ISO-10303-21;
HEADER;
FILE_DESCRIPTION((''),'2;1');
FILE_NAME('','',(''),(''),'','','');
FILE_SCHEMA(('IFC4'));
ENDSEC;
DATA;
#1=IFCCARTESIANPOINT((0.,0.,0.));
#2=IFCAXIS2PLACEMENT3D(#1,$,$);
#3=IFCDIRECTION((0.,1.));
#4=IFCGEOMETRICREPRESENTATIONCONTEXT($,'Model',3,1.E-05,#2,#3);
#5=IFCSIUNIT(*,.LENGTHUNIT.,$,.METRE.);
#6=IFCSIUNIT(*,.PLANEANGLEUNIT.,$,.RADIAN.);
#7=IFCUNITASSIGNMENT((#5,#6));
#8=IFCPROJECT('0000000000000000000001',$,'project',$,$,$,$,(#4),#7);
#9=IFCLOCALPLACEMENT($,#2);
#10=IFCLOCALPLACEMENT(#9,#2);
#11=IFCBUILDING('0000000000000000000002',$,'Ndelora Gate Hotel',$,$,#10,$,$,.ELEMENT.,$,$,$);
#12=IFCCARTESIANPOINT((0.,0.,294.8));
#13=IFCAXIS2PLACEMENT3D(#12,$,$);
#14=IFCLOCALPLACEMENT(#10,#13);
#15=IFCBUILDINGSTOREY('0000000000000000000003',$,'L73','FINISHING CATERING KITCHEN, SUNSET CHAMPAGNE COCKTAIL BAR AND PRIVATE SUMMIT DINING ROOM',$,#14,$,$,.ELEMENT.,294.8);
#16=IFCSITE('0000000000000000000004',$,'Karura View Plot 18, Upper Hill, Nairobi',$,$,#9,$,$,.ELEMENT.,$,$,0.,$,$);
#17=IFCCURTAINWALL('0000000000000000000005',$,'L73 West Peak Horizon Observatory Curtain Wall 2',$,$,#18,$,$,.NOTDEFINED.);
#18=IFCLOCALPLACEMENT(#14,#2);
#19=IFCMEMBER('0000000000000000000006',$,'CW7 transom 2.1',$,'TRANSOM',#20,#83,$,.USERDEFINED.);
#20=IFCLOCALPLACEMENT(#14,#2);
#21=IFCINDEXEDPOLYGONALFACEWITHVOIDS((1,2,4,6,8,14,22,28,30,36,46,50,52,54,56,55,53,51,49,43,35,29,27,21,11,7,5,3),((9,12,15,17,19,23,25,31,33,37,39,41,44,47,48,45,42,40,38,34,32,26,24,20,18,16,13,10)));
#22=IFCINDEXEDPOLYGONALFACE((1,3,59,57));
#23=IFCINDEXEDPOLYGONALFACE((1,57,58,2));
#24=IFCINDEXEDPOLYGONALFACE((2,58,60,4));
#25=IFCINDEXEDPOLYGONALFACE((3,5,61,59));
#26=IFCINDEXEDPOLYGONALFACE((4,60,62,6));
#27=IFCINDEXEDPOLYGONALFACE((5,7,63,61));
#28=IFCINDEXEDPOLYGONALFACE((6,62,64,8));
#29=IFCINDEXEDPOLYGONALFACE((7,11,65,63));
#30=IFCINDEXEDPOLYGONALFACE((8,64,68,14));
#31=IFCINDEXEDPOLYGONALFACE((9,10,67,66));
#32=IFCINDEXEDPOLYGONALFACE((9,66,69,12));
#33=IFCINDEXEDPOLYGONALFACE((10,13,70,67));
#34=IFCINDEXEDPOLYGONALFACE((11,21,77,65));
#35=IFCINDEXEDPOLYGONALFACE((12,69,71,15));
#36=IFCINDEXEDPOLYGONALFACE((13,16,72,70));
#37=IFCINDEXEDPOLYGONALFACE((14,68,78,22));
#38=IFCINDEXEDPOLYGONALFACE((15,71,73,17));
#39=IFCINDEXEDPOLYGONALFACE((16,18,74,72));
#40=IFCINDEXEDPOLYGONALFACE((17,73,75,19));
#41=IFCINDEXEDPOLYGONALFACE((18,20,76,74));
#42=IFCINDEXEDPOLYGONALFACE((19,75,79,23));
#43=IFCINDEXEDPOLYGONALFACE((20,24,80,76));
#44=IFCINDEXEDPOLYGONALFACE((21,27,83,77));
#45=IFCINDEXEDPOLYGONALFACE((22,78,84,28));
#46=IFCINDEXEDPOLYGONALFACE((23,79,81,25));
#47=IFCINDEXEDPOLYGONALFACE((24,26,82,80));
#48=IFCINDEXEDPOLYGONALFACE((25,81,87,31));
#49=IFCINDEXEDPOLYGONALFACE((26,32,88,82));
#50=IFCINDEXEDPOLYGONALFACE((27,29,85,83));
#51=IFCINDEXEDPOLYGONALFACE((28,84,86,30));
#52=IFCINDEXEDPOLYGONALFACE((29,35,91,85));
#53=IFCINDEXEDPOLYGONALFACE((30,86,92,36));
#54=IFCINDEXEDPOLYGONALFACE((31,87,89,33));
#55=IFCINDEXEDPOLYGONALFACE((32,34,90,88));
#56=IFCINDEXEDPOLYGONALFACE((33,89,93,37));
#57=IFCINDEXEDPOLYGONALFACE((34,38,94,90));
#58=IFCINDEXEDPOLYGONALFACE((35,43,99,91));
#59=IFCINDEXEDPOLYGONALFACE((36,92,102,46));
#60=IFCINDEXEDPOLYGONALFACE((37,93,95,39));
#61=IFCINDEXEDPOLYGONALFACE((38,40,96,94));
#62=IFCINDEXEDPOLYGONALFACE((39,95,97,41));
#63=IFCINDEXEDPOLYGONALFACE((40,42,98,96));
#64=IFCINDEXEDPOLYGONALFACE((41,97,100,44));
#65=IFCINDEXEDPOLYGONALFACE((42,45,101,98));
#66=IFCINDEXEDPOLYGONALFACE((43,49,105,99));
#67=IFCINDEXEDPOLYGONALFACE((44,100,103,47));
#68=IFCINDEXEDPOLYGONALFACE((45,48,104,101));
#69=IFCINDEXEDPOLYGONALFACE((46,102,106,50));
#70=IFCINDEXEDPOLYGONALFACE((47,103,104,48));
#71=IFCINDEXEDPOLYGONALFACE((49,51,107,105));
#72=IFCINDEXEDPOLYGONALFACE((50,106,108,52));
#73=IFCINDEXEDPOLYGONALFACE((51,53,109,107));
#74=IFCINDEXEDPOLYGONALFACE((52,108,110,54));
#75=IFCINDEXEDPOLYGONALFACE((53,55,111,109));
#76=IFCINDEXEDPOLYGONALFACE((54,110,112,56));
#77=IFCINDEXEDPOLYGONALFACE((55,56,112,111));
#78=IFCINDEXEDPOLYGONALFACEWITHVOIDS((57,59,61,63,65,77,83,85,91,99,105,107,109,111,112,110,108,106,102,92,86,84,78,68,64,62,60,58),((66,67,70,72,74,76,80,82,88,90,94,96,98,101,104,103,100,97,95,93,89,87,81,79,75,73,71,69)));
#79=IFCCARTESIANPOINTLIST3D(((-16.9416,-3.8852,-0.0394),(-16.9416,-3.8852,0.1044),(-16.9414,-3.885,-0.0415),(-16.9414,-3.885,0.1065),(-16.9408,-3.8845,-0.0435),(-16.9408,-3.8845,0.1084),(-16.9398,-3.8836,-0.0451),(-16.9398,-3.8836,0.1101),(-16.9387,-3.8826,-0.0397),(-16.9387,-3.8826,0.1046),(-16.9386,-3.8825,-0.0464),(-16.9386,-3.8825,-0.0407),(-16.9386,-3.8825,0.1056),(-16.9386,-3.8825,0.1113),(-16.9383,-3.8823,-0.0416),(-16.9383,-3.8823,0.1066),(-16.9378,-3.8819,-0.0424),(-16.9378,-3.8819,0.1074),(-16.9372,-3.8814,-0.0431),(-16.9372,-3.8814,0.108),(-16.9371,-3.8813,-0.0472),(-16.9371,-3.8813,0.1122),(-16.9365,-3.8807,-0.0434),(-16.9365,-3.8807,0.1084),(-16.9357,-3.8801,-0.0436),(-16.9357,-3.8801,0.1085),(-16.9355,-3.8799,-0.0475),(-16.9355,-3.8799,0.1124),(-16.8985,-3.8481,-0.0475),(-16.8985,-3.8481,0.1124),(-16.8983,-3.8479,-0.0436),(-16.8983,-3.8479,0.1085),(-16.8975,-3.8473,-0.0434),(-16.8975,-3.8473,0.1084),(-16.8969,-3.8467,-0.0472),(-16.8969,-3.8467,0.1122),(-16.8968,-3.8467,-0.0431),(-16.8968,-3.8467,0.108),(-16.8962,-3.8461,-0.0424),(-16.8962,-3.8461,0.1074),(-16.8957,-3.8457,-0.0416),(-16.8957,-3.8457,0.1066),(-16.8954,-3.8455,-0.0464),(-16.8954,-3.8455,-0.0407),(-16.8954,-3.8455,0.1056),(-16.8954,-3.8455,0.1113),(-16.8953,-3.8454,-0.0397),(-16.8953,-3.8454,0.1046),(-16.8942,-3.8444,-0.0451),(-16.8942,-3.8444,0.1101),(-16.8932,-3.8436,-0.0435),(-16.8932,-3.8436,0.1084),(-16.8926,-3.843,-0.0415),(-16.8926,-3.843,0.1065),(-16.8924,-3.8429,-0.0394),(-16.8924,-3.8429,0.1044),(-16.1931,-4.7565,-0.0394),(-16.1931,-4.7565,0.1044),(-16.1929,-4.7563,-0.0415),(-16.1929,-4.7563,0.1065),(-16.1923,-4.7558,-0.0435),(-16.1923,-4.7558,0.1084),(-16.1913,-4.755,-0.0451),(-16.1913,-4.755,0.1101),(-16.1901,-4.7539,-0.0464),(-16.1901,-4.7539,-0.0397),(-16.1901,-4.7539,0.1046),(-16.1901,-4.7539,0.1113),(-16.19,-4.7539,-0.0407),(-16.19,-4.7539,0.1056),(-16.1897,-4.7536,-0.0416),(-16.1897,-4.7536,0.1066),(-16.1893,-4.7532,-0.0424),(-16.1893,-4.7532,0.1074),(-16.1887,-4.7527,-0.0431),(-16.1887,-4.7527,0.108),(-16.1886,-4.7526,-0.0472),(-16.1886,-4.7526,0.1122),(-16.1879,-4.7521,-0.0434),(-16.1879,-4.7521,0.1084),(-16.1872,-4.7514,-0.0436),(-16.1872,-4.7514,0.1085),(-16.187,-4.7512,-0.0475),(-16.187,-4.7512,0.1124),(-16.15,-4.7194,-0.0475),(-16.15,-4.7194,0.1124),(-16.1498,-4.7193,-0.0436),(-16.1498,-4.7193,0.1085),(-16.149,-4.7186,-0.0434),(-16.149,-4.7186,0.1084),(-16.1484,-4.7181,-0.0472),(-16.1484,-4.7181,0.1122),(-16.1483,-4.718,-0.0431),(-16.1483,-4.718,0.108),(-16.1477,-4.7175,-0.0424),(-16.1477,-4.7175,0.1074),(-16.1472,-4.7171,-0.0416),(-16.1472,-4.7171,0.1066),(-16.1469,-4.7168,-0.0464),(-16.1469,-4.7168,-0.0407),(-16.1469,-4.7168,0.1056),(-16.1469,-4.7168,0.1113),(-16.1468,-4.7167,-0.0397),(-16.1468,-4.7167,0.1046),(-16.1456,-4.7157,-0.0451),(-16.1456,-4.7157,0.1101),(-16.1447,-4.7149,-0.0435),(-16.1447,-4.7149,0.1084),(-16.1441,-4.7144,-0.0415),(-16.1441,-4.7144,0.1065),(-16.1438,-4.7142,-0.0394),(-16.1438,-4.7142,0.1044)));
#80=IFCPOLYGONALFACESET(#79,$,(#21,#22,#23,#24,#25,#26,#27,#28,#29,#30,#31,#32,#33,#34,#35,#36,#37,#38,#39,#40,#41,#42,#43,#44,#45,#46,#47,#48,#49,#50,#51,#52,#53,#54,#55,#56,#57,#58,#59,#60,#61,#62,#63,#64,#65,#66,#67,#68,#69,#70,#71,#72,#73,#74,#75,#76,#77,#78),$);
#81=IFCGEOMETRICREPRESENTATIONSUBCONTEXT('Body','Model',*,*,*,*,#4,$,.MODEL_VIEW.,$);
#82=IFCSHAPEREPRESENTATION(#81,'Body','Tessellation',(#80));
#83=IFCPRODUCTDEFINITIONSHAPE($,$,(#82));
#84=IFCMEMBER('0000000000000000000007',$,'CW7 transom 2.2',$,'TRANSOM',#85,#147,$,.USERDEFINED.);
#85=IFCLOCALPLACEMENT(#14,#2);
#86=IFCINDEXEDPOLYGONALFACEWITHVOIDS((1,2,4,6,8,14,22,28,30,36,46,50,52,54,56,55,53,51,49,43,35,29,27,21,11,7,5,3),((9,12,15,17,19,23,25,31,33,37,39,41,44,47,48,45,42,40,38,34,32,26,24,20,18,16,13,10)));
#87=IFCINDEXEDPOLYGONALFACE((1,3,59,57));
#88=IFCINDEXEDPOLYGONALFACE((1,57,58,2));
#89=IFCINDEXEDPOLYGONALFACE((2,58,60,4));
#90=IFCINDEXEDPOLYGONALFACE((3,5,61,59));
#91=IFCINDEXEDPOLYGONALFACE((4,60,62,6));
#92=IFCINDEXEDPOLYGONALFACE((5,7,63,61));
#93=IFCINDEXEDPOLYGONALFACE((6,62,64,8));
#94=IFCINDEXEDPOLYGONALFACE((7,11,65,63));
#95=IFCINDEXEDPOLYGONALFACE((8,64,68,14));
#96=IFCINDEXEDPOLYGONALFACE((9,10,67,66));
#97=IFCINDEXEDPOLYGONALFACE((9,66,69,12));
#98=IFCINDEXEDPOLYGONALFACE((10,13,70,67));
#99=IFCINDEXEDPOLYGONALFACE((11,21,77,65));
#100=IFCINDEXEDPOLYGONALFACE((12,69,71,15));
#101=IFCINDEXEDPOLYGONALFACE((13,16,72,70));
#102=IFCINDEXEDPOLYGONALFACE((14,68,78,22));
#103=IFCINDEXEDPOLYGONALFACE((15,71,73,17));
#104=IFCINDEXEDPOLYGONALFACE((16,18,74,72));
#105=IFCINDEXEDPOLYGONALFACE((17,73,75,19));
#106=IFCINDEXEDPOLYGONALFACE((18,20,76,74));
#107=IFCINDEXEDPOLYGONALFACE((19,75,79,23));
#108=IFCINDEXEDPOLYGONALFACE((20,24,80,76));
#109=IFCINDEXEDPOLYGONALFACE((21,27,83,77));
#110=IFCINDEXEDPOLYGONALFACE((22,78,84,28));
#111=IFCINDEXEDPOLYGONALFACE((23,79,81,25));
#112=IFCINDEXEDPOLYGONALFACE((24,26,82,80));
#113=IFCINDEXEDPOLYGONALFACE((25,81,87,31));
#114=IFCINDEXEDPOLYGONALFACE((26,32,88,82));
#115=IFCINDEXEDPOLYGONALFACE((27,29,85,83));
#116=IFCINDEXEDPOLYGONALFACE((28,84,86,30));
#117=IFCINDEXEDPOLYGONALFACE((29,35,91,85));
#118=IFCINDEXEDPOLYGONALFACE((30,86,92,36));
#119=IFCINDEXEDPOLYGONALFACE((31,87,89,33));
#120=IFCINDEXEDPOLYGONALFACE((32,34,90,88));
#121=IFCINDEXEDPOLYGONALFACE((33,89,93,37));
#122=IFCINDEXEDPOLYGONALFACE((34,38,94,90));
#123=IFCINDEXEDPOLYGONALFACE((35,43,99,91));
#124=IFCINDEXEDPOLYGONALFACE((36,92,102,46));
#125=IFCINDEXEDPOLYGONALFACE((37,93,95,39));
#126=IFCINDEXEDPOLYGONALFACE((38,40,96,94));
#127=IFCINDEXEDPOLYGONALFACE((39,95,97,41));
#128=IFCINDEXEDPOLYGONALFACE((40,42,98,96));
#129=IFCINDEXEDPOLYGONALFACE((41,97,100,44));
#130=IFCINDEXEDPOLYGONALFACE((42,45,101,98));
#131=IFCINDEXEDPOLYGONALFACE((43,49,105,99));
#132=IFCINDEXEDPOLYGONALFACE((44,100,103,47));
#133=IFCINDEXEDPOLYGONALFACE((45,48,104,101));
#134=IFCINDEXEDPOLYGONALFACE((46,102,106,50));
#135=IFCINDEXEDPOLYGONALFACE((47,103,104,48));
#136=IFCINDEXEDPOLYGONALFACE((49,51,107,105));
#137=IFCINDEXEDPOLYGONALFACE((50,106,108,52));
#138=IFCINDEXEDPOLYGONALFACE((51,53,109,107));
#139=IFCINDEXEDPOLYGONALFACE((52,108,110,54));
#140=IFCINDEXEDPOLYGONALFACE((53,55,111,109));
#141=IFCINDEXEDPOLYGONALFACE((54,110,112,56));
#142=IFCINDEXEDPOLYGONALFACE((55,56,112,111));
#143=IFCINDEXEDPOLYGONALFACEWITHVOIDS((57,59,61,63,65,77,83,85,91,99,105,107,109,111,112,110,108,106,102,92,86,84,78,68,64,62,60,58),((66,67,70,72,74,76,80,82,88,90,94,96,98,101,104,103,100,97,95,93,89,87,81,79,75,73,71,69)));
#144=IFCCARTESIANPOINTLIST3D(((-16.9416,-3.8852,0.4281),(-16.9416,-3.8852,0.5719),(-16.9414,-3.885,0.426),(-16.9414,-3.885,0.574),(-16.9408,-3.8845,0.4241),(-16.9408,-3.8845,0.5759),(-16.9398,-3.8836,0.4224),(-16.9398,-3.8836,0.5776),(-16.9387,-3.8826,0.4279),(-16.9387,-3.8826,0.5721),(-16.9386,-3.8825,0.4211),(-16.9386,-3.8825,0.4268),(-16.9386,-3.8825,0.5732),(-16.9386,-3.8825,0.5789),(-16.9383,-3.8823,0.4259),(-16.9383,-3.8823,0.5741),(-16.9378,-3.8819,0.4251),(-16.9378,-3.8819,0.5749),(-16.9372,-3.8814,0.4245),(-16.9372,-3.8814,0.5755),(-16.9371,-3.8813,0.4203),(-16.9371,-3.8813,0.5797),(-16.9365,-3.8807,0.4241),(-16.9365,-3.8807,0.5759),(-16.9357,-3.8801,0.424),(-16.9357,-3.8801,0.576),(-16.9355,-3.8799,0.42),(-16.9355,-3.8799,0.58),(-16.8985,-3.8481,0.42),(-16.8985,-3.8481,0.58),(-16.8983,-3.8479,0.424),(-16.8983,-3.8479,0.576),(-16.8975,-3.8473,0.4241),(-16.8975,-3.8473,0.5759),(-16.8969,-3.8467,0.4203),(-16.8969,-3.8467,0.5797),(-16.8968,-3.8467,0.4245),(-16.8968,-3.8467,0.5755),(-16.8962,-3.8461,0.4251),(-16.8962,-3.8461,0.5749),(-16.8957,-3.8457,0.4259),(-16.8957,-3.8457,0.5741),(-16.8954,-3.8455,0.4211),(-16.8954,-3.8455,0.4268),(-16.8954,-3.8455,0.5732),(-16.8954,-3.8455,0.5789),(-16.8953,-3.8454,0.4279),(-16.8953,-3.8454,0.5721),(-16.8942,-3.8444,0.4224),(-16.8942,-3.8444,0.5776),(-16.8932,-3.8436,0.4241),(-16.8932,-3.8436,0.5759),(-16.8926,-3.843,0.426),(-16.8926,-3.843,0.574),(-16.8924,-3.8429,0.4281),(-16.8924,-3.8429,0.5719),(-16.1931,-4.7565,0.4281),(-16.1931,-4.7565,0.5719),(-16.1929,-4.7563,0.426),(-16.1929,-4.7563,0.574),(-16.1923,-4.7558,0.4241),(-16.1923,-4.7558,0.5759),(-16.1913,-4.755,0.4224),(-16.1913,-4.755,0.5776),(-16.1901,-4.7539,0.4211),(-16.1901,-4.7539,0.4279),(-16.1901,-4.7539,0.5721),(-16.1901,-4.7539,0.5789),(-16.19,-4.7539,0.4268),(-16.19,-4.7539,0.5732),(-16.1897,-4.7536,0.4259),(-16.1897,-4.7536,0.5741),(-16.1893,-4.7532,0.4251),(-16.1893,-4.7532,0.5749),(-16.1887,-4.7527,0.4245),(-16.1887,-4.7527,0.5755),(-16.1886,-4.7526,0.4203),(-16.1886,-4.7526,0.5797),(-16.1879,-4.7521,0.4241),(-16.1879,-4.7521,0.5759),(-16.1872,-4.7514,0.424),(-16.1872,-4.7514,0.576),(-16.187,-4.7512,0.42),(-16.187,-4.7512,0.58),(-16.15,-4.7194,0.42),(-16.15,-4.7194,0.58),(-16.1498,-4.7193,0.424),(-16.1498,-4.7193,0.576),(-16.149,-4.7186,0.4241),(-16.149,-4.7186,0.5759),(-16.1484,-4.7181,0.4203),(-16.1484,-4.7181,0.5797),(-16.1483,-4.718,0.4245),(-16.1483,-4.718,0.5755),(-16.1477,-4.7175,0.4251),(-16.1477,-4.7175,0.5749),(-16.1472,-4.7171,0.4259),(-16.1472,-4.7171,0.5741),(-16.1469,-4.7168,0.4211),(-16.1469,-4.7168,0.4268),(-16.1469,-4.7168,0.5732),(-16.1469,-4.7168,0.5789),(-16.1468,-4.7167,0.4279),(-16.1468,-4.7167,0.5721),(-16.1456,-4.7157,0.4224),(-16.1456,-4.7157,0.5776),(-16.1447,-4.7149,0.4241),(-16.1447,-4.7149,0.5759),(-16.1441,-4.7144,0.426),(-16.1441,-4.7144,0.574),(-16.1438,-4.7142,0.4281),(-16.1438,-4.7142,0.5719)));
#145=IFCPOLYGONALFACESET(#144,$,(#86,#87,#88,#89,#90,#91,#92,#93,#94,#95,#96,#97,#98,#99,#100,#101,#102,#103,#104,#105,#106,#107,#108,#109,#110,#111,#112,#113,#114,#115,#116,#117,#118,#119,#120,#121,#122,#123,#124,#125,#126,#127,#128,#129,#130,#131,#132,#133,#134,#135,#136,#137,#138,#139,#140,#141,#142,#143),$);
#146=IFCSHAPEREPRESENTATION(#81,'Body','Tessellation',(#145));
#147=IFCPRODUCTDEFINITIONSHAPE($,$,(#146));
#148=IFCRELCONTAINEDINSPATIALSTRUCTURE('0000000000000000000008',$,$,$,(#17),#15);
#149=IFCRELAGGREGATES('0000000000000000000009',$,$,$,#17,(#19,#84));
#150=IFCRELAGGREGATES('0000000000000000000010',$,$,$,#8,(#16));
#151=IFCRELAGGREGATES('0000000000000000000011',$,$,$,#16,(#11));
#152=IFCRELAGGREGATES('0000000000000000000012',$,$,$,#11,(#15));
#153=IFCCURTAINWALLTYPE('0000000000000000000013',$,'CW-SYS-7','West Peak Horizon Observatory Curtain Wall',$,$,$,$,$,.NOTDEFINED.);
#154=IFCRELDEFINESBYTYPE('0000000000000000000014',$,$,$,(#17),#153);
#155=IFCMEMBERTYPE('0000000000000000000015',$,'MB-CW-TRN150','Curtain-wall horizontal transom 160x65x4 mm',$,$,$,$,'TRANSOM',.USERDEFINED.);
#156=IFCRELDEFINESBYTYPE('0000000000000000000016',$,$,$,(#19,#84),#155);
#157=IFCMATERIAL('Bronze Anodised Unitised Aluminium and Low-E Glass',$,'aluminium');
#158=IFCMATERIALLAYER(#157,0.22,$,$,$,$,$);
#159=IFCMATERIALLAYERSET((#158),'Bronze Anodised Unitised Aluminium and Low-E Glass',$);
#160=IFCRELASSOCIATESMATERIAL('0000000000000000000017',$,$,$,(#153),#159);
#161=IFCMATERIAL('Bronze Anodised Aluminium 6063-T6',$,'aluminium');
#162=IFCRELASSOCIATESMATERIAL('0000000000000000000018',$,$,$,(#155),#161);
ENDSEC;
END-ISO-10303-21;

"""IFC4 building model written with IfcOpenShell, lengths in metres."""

from ifc_helpers import new_model, si_unit, direction, frame, origin, origin_2d, place, context, subcontext, project, spatial, hollow_rectangle, extrude, material, layer, layer_set, material_profile, profile_set, type_object, element, aggregate, save


model = new_model("IFC4")

# Units and contexts
model_context = context("Model", 3, precision=1e-05, world=origin(), true_north=direction((0.0, 1.0)))
body_context = subcontext(model_context, "Body", "Model", "MODEL_VIEW")
ifc_project = project(units=[si_unit("LENGTHUNIT", "METRE"), si_unit("PLANEANGLEUNIT", "RADIAN")], contexts=[model_context])

# Site, building, storey
site_placement = place(None, origin())
site = spatial("IfcSite", under=ifc_project, at=site_placement, Name="Karura View Plot 18, Upper Hill, Nairobi", CompositionType="ELEMENT", RefElevation=0.0)
building_placement = place(site_placement, origin())
building = spatial("IfcBuilding", under=site, at=building_placement, Name="Ndelora Gate Hotel", CompositionType="ELEMENT")
storey_placement = place(building_placement, frame((0.0, 0.0, 294.8)))
storey = spatial("IfcBuildingStorey", under=building, at=storey_placement, Name="L73", Description="FINISHING CATERING KITCHEN, SUNSET CHAMPAGNE COCKTAIL BAR AND PRIVATE SUMMIT DINING ROOM", CompositionType="ELEMENT", Elevation=294.8)

# Curtain wall, members
ifc_material_1 = material(Name="Bronze Anodised Unitised Aluminium and Low-E Glass", Category="aluminium")
ifc_layer_1 = layer(ifc_material_1, 0.22)
ifc_layer_set_1 = layer_set([ifc_layer_1], Name="Bronze Anodised Unitised Aluminium and Low-E Glass")
curtain_wall_type = type_object("IfcCurtainWallType", Name="CW-SYS-7", Description="West Peak Horizon Observatory Curtain Wall", PredefinedType="NOTDEFINED", material=ifc_layer_set_1)
curtain_wall_placement = place(storey_placement, origin())
curtain_wall = element("IfcCurtainWall", 1, at=curtain_wall_placement, inside=storey, type_object=curtain_wall_type, Name="L73 West Peak Horizon Observatory Curtain Wall 2", PredefinedType="NOTDEFINED")
ifc_material_2 = material(Name="Bronze Anodised Aluminium 6063-T6", Category="aluminium")
ifc_material_profile_1 = material_profile(ifc_material_2, hollow_rectangle(XDim=0.0649, YDim=0.1599, WallThickness=0.0039, InnerFilletRadius=0.0039, OuterFilletRadius=0.0081, at=origin_2d()), Name="ALU 160x65x4")
ifc_profile_set_1 = profile_set([ifc_material_profile_1], Name="Bronze Anodised Aluminium 6063-T6")
member_type_1 = type_object("IfcMemberType", Name="MB-CW-TRN150", Description="Curtain-wall horizontal transom 160x65x4 mm", ElementType="TRANSOM", PredefinedType="USERDEFINED", material=ifc_profile_set_1)
member_1_placement = place(storey_placement, frame((-16.917, -3.864, 0.0325), z_axis=(0.651631, -0.758536, 0.0), x_axis=(0.758536, 0.651631, 0.0)))
member_1 = element("IfcMember", 2, at=member_1_placement, type_object=member_type_1, Name="CW7 transom 2.1", ObjectType="TRANSOM", PredefinedType="USERDEFINED", context=body_context, shape_type="SweptSolid", body=[
    extrude(hollow_rectangle(XDim=0.0649, YDim=0.1599, WallThickness=0.0039, InnerFilletRadius=0.0039, OuterFilletRadius=0.0081, at=origin_2d()), origin(), (0.0, 0.0, 1.0), 1.1487),
])
member_2_placement = place(storey_placement, frame((-16.917, -3.864, 0.5), z_axis=(0.651631, -0.758536, 0.0), x_axis=(0.758536, 0.651631, 0.0)))
member_2 = element("IfcMember", 3, at=member_2_placement, type_object=member_type_1, Name="CW7 transom 2.2", ObjectType="TRANSOM", PredefinedType="USERDEFINED", context=body_context, shape_type="SweptSolid", body=[
    extrude(hollow_rectangle(XDim=0.0649, YDim=0.1599, WallThickness=0.0039, InnerFilletRadius=0.0039, OuterFilletRadius=0.0081, at=origin_2d()), origin(), (0.0, 0.0, 1.0), 1.1487),
])
aggregate(curtain_wall, [member_1, member_2])

save(model, "model.ifc")
